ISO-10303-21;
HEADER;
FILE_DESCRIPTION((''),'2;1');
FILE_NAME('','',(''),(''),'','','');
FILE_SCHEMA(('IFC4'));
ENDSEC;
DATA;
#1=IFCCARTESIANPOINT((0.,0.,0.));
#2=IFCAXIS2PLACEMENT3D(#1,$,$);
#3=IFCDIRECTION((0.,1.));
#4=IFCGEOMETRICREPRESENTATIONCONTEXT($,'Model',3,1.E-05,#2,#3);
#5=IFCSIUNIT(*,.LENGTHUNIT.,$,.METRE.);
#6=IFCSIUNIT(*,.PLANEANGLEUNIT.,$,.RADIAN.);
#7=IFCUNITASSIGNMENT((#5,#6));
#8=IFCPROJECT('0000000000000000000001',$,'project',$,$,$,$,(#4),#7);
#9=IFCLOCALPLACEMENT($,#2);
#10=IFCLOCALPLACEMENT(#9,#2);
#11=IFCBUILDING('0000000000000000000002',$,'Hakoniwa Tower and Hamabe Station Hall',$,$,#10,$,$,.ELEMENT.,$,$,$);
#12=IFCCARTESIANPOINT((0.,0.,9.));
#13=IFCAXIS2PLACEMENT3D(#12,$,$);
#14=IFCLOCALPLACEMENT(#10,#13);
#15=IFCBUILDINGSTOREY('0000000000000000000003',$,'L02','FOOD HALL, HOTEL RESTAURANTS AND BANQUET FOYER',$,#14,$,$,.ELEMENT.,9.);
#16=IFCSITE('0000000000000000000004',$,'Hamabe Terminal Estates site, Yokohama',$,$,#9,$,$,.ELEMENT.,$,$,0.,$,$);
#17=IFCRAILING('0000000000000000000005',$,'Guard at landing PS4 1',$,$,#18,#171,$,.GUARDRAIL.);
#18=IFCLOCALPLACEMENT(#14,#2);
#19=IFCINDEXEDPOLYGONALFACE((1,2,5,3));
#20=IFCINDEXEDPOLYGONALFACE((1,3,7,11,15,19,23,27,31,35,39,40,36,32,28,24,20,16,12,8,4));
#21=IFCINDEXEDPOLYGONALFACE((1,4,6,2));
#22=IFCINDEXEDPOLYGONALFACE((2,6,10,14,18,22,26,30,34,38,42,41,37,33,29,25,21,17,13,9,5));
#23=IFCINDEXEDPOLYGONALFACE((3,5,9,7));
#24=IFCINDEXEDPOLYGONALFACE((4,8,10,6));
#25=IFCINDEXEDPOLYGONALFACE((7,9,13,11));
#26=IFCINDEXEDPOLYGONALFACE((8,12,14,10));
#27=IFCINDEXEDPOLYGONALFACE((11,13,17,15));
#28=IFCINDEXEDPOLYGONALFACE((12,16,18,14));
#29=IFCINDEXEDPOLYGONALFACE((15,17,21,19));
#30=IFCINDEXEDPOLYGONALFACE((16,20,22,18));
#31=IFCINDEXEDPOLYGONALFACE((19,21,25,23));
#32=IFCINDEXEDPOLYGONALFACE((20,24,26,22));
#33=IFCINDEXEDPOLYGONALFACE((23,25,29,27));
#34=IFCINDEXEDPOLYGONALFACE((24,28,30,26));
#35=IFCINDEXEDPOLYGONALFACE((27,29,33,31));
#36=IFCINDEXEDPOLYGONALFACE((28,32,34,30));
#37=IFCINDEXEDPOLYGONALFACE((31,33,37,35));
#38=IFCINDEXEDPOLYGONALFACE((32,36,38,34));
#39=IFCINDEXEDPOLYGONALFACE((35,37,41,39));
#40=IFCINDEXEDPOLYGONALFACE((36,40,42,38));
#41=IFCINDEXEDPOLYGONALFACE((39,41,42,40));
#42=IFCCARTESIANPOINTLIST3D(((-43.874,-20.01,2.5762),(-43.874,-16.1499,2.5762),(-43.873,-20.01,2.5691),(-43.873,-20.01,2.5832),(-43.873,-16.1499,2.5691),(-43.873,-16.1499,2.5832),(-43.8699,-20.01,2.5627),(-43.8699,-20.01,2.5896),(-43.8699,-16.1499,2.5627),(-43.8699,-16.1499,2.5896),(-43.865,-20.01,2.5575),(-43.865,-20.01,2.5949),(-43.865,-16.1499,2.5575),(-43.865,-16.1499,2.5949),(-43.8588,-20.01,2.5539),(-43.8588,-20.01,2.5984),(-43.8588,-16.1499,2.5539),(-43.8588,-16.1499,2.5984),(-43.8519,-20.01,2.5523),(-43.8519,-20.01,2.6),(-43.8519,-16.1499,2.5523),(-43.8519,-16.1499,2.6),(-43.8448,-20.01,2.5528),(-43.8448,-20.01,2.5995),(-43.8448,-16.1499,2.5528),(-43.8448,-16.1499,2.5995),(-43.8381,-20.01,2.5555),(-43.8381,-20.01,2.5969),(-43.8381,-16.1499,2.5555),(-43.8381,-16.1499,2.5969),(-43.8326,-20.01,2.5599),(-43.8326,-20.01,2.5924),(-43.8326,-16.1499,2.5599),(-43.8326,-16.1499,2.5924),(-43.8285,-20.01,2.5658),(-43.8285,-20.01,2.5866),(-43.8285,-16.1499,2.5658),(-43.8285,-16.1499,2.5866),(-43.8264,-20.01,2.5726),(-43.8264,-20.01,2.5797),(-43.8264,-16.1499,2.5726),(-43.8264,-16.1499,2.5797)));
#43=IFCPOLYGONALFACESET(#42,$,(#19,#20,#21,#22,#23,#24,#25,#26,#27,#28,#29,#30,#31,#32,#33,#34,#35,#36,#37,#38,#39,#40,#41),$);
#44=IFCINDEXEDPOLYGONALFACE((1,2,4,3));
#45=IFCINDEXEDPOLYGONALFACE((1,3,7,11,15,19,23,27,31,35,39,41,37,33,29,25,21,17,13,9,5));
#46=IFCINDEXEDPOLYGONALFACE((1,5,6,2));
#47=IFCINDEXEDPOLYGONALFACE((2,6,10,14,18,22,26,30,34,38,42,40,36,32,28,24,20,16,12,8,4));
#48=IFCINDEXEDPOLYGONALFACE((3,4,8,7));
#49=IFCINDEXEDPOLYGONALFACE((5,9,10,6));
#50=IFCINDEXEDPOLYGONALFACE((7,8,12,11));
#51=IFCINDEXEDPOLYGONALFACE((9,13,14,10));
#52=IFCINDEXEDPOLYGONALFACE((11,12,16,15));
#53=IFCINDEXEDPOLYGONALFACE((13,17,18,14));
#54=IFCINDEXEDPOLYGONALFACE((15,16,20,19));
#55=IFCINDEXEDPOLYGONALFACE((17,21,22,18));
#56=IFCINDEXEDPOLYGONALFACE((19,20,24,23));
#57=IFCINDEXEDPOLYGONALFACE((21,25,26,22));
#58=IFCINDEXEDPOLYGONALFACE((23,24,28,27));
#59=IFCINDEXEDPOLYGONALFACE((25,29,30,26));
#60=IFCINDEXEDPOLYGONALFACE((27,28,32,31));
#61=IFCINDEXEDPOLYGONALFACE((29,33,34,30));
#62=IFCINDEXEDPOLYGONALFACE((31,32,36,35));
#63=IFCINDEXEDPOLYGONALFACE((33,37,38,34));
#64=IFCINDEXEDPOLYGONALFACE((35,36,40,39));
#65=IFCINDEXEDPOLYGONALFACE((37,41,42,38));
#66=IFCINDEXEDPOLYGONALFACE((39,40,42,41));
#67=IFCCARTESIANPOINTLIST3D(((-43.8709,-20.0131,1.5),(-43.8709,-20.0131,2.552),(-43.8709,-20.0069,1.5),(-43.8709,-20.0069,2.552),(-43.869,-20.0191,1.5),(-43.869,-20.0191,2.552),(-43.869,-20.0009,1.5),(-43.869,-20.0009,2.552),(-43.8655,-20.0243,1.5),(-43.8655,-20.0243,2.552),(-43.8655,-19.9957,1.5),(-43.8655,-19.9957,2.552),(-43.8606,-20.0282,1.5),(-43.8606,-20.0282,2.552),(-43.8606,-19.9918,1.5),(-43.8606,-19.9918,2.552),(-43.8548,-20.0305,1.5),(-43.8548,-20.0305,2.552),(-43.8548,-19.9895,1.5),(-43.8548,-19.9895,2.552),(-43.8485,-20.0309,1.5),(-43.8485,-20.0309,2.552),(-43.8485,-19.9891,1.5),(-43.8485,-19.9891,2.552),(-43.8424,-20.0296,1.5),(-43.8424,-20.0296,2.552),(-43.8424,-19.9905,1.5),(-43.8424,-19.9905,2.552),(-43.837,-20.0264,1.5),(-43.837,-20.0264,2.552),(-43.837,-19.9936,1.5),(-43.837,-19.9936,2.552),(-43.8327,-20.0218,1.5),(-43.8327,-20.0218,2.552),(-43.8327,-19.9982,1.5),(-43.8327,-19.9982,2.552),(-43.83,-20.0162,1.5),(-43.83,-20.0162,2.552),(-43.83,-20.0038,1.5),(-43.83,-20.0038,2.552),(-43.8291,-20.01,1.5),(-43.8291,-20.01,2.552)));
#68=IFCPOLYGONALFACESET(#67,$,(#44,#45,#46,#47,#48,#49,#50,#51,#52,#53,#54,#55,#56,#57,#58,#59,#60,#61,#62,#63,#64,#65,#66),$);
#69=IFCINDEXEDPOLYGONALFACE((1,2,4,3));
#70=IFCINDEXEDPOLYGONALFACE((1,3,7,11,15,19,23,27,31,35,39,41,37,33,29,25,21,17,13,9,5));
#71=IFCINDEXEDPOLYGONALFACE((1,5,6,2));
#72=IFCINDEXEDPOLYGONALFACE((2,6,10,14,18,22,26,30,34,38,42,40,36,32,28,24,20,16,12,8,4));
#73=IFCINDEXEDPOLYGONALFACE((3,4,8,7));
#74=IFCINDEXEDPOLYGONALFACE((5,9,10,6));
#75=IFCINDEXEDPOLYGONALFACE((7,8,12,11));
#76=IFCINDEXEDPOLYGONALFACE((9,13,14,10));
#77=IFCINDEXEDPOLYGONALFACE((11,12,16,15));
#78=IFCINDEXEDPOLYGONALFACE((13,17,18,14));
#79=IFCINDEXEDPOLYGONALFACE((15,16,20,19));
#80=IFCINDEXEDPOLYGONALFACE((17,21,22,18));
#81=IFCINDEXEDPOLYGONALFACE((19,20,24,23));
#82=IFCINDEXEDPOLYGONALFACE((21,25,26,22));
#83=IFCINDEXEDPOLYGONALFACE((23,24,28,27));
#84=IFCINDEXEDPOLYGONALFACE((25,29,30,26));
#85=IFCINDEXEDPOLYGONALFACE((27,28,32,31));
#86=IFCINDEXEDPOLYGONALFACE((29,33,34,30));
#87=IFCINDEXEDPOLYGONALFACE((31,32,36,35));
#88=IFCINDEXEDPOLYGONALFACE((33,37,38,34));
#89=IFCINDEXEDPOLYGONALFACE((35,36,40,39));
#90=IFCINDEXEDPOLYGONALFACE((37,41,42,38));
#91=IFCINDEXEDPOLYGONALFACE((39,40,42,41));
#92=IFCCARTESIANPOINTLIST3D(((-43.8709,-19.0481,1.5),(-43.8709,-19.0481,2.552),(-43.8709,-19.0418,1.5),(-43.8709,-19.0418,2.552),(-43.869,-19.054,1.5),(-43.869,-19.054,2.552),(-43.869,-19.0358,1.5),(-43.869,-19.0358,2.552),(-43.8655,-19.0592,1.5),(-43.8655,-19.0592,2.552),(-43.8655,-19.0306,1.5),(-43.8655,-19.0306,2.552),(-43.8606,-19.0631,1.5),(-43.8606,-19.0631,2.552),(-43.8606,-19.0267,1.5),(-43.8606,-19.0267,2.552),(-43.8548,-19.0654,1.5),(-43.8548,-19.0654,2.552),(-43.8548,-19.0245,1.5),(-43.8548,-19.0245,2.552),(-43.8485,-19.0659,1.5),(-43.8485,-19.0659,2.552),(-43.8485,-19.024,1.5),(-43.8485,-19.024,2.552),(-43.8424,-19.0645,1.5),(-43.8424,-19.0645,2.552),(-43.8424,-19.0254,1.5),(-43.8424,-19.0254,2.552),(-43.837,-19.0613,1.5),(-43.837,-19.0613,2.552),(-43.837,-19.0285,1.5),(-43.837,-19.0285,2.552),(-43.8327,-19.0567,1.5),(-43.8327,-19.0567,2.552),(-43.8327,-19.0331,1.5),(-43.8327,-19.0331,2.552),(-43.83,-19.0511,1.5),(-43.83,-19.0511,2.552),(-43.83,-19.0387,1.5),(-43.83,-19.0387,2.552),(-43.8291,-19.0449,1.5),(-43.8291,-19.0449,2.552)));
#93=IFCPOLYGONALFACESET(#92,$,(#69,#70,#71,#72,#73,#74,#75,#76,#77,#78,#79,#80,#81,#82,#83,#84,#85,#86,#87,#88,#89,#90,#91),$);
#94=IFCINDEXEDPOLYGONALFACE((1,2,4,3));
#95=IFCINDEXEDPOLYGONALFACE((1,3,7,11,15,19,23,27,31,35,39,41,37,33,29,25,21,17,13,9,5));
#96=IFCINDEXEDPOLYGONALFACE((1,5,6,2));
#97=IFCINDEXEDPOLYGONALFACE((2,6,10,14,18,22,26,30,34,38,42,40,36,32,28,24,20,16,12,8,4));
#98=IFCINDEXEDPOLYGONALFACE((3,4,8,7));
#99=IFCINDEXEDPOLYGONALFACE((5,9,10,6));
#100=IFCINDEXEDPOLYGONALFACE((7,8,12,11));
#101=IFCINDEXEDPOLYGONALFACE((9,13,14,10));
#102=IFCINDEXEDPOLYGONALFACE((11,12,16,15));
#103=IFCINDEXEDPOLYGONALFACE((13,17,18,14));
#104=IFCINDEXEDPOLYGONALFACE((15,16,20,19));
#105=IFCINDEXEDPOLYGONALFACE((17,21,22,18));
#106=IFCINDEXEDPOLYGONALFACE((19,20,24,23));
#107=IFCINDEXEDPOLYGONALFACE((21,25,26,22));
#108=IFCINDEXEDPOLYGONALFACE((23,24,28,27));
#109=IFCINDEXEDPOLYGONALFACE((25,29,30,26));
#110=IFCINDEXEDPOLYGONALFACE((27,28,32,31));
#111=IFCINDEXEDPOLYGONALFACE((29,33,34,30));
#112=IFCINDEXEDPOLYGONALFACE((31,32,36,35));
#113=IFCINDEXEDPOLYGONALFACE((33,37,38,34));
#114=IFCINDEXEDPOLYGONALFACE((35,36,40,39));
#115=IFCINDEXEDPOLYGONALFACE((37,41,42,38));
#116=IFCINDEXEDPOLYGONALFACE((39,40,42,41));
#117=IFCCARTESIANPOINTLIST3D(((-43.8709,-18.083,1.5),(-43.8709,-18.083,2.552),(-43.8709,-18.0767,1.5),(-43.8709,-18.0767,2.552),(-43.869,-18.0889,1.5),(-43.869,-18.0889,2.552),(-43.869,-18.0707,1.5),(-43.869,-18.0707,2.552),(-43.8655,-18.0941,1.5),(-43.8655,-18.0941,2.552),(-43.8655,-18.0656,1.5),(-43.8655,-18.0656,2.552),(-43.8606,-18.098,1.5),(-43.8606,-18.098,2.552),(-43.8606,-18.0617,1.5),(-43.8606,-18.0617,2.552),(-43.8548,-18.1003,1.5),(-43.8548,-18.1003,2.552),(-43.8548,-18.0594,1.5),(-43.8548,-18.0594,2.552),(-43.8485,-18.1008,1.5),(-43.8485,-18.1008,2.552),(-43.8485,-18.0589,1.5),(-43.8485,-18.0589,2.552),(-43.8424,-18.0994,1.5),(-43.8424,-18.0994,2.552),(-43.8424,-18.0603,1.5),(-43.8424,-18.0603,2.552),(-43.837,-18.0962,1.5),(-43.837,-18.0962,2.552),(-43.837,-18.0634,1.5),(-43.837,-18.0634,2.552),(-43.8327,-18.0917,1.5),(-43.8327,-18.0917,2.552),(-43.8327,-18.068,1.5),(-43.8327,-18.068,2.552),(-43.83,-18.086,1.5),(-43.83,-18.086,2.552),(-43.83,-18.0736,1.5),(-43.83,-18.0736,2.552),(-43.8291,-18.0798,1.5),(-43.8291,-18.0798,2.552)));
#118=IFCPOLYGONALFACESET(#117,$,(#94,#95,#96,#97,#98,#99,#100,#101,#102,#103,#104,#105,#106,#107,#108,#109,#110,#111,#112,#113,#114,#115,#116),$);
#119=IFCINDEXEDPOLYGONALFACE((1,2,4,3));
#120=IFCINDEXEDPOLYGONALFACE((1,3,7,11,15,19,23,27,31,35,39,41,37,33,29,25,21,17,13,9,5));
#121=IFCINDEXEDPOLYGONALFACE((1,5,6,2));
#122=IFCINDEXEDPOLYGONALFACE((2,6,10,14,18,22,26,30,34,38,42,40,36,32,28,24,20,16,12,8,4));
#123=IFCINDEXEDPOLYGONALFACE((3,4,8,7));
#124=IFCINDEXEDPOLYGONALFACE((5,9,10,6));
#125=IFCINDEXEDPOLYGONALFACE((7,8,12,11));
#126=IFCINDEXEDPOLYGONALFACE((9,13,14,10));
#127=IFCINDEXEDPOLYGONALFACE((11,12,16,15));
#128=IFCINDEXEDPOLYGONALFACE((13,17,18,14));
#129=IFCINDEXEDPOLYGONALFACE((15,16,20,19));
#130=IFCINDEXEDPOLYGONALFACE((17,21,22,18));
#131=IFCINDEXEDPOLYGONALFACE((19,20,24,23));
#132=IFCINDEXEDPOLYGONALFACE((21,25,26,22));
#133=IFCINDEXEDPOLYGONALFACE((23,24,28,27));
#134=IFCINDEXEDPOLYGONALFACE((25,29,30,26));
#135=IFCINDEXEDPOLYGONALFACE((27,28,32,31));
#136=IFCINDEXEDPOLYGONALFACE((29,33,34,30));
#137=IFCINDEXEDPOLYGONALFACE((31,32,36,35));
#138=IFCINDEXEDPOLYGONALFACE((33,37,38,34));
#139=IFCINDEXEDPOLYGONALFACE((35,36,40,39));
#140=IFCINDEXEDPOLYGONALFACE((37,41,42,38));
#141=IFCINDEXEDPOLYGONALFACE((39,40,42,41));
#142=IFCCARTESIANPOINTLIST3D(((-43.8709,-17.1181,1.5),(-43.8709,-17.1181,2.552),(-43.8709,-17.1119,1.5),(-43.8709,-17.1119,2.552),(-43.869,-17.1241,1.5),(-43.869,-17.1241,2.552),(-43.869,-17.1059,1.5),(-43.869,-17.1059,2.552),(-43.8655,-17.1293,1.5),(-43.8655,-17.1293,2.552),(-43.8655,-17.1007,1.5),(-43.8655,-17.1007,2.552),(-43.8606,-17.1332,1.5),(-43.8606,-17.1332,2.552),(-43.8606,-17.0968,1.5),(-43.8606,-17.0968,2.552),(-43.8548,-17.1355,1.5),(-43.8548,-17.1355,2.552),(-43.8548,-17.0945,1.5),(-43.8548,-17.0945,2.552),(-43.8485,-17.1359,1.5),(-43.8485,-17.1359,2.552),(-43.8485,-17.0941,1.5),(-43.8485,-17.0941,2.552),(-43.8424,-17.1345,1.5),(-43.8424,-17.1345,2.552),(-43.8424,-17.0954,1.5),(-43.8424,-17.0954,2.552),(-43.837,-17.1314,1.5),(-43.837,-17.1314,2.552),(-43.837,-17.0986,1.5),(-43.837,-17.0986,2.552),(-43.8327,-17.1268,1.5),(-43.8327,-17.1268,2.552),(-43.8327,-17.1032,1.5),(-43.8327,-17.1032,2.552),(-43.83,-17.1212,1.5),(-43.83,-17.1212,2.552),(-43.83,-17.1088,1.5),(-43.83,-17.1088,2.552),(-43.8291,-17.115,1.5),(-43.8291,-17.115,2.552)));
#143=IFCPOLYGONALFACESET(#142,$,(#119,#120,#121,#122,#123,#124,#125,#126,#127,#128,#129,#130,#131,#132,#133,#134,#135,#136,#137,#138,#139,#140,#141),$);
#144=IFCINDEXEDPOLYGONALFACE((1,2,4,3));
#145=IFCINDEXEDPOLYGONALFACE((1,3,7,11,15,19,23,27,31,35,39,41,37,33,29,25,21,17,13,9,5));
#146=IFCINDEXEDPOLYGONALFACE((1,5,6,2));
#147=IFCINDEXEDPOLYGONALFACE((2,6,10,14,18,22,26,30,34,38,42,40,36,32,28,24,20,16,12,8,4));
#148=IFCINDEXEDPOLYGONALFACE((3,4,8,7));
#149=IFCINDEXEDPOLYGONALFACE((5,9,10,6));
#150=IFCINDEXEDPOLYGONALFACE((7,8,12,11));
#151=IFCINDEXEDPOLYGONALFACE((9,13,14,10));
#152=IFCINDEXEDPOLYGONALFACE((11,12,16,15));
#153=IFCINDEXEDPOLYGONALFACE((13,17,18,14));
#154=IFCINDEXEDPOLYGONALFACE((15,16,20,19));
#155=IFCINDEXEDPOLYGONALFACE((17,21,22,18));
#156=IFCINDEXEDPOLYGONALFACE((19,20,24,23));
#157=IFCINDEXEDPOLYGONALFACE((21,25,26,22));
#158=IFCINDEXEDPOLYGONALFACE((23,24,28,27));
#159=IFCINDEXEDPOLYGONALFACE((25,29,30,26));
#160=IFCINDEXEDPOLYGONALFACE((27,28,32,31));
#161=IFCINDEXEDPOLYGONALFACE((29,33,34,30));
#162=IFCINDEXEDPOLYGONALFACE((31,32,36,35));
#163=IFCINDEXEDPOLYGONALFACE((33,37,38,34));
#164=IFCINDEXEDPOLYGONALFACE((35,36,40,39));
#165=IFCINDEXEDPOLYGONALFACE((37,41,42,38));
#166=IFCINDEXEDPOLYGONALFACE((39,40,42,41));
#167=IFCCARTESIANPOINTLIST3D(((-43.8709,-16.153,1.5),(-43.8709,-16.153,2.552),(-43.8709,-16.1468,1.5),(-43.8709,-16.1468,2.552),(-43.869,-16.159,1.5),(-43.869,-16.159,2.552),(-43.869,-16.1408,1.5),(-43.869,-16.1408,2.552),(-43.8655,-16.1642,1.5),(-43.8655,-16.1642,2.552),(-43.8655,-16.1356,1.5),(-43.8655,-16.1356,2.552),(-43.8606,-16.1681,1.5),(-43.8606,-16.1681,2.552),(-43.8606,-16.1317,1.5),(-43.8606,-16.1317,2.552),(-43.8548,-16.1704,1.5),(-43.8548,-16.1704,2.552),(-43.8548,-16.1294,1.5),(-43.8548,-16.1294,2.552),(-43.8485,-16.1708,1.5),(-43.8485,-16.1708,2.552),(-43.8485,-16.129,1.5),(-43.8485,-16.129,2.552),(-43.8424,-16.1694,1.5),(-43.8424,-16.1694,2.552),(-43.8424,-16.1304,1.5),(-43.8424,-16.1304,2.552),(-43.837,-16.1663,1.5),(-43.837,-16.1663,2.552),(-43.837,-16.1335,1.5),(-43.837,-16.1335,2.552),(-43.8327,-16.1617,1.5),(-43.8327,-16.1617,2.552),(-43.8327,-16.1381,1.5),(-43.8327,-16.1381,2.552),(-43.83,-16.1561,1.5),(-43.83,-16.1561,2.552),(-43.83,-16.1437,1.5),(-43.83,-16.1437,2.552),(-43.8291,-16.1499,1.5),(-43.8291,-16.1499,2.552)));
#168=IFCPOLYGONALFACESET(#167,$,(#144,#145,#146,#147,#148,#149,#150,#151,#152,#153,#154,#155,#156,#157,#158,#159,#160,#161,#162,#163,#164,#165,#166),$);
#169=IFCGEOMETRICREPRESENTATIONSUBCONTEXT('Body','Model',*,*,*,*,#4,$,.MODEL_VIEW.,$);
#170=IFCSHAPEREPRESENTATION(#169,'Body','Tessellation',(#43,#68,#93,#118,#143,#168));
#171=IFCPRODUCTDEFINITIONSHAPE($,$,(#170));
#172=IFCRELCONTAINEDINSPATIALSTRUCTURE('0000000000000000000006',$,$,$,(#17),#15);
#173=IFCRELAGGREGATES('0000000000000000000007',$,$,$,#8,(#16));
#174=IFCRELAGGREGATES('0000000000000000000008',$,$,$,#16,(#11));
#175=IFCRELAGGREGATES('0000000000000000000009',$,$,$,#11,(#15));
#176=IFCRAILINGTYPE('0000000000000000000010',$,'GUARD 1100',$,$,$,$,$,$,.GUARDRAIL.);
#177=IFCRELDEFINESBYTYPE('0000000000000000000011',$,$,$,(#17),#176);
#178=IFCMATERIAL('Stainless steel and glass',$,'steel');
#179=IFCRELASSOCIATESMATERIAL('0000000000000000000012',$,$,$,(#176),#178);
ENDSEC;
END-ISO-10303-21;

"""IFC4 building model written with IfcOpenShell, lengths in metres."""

from ifc_helpers import new_model, si_unit, direction, frame, origin, origin_2d, place, context, subcontext, project, spatial, circle, extrude, material, type_object, element, save


model = new_model("IFC4")

# Units and contexts
model_context = context("Model", 3, precision=1e-05, world=origin(), true_north=direction((0.0, 1.0)))
body_context = subcontext(model_context, "Body", "Model", "MODEL_VIEW")
ifc_project = project(units=[si_unit("LENGTHUNIT", "METRE"), si_unit("PLANEANGLEUNIT", "RADIAN")], contexts=[model_context])

# Site, building, storey
site_placement = place(None, origin())
site = spatial("IfcSite", under=ifc_project, at=site_placement, Name="Hamabe Terminal Estates site, Yokohama", CompositionType="ELEMENT", RefElevation=0.0)
building_placement = place(site_placement, origin())
building = spatial("IfcBuilding", under=site, at=building_placement, Name="Hakoniwa Tower and Hamabe Station Hall", CompositionType="ELEMENT")
storey_placement = place(building_placement, frame((0.0, 0.0, 9.0)))
storey = spatial("IfcBuildingStorey", under=building, at=storey_placement, Name="L02", Description="FOOD HALL, HOTEL RESTAURANTS AND BANQUET FOYER", CompositionType="ELEMENT", Elevation=9.0)

# Railing
ifc_material_1 = material(Name="Stainless steel and glass", Category="steel")
railing_type_1 = type_object("IfcRailingType", Name="GUARD 1100", PredefinedType="GUARDRAIL", material=ifc_material_1)
railing_1_placement = place(storey_placement, frame((-43.8501, -20.01, 1.5)))
element("IfcRailing", 1, at=railing_1_placement, inside=storey, type_object=railing_type_1, Name="Guard at landing PS4 1", PredefinedType="GUARDRAIL", context=body_context, shape_type="SweptSolid", body=[
    extrude(circle(Radius=0.0239, at=origin_2d()), frame((0.0, 0.0, 1.0762), z_axis=(0.0, 1.0, 0.0), x_axis=(-1.0, 0.0, 0.0)), (0.0, 0.0, 1.0), 3.8601),
    extrude(circle(Radius=0.021, at=origin_2d()), origin(), (0.0, 0.0, 1.0), 1.052),
    extrude(circle(Radius=0.021, at=origin_2d()), frame((0.0, 0.9651, 0.0)), (0.0, 0.0, 1.0), 1.052),
    extrude(circle(Radius=0.021, at=origin_2d()), frame((0.0, 1.9302, 0.0)), (0.0, 0.0, 1.0), 1.052),
    extrude(circle(Radius=0.021, at=origin_2d()), frame((0.0, 2.895, 0.0)), (0.0, 0.0, 1.0), 1.052),
    extrude(circle(Radius=0.021, at=origin_2d()), frame((0.0, 3.8601, 0.0)), (0.0, 0.0, 1.0), 1.052),
])

save(model, "model.ifc")
